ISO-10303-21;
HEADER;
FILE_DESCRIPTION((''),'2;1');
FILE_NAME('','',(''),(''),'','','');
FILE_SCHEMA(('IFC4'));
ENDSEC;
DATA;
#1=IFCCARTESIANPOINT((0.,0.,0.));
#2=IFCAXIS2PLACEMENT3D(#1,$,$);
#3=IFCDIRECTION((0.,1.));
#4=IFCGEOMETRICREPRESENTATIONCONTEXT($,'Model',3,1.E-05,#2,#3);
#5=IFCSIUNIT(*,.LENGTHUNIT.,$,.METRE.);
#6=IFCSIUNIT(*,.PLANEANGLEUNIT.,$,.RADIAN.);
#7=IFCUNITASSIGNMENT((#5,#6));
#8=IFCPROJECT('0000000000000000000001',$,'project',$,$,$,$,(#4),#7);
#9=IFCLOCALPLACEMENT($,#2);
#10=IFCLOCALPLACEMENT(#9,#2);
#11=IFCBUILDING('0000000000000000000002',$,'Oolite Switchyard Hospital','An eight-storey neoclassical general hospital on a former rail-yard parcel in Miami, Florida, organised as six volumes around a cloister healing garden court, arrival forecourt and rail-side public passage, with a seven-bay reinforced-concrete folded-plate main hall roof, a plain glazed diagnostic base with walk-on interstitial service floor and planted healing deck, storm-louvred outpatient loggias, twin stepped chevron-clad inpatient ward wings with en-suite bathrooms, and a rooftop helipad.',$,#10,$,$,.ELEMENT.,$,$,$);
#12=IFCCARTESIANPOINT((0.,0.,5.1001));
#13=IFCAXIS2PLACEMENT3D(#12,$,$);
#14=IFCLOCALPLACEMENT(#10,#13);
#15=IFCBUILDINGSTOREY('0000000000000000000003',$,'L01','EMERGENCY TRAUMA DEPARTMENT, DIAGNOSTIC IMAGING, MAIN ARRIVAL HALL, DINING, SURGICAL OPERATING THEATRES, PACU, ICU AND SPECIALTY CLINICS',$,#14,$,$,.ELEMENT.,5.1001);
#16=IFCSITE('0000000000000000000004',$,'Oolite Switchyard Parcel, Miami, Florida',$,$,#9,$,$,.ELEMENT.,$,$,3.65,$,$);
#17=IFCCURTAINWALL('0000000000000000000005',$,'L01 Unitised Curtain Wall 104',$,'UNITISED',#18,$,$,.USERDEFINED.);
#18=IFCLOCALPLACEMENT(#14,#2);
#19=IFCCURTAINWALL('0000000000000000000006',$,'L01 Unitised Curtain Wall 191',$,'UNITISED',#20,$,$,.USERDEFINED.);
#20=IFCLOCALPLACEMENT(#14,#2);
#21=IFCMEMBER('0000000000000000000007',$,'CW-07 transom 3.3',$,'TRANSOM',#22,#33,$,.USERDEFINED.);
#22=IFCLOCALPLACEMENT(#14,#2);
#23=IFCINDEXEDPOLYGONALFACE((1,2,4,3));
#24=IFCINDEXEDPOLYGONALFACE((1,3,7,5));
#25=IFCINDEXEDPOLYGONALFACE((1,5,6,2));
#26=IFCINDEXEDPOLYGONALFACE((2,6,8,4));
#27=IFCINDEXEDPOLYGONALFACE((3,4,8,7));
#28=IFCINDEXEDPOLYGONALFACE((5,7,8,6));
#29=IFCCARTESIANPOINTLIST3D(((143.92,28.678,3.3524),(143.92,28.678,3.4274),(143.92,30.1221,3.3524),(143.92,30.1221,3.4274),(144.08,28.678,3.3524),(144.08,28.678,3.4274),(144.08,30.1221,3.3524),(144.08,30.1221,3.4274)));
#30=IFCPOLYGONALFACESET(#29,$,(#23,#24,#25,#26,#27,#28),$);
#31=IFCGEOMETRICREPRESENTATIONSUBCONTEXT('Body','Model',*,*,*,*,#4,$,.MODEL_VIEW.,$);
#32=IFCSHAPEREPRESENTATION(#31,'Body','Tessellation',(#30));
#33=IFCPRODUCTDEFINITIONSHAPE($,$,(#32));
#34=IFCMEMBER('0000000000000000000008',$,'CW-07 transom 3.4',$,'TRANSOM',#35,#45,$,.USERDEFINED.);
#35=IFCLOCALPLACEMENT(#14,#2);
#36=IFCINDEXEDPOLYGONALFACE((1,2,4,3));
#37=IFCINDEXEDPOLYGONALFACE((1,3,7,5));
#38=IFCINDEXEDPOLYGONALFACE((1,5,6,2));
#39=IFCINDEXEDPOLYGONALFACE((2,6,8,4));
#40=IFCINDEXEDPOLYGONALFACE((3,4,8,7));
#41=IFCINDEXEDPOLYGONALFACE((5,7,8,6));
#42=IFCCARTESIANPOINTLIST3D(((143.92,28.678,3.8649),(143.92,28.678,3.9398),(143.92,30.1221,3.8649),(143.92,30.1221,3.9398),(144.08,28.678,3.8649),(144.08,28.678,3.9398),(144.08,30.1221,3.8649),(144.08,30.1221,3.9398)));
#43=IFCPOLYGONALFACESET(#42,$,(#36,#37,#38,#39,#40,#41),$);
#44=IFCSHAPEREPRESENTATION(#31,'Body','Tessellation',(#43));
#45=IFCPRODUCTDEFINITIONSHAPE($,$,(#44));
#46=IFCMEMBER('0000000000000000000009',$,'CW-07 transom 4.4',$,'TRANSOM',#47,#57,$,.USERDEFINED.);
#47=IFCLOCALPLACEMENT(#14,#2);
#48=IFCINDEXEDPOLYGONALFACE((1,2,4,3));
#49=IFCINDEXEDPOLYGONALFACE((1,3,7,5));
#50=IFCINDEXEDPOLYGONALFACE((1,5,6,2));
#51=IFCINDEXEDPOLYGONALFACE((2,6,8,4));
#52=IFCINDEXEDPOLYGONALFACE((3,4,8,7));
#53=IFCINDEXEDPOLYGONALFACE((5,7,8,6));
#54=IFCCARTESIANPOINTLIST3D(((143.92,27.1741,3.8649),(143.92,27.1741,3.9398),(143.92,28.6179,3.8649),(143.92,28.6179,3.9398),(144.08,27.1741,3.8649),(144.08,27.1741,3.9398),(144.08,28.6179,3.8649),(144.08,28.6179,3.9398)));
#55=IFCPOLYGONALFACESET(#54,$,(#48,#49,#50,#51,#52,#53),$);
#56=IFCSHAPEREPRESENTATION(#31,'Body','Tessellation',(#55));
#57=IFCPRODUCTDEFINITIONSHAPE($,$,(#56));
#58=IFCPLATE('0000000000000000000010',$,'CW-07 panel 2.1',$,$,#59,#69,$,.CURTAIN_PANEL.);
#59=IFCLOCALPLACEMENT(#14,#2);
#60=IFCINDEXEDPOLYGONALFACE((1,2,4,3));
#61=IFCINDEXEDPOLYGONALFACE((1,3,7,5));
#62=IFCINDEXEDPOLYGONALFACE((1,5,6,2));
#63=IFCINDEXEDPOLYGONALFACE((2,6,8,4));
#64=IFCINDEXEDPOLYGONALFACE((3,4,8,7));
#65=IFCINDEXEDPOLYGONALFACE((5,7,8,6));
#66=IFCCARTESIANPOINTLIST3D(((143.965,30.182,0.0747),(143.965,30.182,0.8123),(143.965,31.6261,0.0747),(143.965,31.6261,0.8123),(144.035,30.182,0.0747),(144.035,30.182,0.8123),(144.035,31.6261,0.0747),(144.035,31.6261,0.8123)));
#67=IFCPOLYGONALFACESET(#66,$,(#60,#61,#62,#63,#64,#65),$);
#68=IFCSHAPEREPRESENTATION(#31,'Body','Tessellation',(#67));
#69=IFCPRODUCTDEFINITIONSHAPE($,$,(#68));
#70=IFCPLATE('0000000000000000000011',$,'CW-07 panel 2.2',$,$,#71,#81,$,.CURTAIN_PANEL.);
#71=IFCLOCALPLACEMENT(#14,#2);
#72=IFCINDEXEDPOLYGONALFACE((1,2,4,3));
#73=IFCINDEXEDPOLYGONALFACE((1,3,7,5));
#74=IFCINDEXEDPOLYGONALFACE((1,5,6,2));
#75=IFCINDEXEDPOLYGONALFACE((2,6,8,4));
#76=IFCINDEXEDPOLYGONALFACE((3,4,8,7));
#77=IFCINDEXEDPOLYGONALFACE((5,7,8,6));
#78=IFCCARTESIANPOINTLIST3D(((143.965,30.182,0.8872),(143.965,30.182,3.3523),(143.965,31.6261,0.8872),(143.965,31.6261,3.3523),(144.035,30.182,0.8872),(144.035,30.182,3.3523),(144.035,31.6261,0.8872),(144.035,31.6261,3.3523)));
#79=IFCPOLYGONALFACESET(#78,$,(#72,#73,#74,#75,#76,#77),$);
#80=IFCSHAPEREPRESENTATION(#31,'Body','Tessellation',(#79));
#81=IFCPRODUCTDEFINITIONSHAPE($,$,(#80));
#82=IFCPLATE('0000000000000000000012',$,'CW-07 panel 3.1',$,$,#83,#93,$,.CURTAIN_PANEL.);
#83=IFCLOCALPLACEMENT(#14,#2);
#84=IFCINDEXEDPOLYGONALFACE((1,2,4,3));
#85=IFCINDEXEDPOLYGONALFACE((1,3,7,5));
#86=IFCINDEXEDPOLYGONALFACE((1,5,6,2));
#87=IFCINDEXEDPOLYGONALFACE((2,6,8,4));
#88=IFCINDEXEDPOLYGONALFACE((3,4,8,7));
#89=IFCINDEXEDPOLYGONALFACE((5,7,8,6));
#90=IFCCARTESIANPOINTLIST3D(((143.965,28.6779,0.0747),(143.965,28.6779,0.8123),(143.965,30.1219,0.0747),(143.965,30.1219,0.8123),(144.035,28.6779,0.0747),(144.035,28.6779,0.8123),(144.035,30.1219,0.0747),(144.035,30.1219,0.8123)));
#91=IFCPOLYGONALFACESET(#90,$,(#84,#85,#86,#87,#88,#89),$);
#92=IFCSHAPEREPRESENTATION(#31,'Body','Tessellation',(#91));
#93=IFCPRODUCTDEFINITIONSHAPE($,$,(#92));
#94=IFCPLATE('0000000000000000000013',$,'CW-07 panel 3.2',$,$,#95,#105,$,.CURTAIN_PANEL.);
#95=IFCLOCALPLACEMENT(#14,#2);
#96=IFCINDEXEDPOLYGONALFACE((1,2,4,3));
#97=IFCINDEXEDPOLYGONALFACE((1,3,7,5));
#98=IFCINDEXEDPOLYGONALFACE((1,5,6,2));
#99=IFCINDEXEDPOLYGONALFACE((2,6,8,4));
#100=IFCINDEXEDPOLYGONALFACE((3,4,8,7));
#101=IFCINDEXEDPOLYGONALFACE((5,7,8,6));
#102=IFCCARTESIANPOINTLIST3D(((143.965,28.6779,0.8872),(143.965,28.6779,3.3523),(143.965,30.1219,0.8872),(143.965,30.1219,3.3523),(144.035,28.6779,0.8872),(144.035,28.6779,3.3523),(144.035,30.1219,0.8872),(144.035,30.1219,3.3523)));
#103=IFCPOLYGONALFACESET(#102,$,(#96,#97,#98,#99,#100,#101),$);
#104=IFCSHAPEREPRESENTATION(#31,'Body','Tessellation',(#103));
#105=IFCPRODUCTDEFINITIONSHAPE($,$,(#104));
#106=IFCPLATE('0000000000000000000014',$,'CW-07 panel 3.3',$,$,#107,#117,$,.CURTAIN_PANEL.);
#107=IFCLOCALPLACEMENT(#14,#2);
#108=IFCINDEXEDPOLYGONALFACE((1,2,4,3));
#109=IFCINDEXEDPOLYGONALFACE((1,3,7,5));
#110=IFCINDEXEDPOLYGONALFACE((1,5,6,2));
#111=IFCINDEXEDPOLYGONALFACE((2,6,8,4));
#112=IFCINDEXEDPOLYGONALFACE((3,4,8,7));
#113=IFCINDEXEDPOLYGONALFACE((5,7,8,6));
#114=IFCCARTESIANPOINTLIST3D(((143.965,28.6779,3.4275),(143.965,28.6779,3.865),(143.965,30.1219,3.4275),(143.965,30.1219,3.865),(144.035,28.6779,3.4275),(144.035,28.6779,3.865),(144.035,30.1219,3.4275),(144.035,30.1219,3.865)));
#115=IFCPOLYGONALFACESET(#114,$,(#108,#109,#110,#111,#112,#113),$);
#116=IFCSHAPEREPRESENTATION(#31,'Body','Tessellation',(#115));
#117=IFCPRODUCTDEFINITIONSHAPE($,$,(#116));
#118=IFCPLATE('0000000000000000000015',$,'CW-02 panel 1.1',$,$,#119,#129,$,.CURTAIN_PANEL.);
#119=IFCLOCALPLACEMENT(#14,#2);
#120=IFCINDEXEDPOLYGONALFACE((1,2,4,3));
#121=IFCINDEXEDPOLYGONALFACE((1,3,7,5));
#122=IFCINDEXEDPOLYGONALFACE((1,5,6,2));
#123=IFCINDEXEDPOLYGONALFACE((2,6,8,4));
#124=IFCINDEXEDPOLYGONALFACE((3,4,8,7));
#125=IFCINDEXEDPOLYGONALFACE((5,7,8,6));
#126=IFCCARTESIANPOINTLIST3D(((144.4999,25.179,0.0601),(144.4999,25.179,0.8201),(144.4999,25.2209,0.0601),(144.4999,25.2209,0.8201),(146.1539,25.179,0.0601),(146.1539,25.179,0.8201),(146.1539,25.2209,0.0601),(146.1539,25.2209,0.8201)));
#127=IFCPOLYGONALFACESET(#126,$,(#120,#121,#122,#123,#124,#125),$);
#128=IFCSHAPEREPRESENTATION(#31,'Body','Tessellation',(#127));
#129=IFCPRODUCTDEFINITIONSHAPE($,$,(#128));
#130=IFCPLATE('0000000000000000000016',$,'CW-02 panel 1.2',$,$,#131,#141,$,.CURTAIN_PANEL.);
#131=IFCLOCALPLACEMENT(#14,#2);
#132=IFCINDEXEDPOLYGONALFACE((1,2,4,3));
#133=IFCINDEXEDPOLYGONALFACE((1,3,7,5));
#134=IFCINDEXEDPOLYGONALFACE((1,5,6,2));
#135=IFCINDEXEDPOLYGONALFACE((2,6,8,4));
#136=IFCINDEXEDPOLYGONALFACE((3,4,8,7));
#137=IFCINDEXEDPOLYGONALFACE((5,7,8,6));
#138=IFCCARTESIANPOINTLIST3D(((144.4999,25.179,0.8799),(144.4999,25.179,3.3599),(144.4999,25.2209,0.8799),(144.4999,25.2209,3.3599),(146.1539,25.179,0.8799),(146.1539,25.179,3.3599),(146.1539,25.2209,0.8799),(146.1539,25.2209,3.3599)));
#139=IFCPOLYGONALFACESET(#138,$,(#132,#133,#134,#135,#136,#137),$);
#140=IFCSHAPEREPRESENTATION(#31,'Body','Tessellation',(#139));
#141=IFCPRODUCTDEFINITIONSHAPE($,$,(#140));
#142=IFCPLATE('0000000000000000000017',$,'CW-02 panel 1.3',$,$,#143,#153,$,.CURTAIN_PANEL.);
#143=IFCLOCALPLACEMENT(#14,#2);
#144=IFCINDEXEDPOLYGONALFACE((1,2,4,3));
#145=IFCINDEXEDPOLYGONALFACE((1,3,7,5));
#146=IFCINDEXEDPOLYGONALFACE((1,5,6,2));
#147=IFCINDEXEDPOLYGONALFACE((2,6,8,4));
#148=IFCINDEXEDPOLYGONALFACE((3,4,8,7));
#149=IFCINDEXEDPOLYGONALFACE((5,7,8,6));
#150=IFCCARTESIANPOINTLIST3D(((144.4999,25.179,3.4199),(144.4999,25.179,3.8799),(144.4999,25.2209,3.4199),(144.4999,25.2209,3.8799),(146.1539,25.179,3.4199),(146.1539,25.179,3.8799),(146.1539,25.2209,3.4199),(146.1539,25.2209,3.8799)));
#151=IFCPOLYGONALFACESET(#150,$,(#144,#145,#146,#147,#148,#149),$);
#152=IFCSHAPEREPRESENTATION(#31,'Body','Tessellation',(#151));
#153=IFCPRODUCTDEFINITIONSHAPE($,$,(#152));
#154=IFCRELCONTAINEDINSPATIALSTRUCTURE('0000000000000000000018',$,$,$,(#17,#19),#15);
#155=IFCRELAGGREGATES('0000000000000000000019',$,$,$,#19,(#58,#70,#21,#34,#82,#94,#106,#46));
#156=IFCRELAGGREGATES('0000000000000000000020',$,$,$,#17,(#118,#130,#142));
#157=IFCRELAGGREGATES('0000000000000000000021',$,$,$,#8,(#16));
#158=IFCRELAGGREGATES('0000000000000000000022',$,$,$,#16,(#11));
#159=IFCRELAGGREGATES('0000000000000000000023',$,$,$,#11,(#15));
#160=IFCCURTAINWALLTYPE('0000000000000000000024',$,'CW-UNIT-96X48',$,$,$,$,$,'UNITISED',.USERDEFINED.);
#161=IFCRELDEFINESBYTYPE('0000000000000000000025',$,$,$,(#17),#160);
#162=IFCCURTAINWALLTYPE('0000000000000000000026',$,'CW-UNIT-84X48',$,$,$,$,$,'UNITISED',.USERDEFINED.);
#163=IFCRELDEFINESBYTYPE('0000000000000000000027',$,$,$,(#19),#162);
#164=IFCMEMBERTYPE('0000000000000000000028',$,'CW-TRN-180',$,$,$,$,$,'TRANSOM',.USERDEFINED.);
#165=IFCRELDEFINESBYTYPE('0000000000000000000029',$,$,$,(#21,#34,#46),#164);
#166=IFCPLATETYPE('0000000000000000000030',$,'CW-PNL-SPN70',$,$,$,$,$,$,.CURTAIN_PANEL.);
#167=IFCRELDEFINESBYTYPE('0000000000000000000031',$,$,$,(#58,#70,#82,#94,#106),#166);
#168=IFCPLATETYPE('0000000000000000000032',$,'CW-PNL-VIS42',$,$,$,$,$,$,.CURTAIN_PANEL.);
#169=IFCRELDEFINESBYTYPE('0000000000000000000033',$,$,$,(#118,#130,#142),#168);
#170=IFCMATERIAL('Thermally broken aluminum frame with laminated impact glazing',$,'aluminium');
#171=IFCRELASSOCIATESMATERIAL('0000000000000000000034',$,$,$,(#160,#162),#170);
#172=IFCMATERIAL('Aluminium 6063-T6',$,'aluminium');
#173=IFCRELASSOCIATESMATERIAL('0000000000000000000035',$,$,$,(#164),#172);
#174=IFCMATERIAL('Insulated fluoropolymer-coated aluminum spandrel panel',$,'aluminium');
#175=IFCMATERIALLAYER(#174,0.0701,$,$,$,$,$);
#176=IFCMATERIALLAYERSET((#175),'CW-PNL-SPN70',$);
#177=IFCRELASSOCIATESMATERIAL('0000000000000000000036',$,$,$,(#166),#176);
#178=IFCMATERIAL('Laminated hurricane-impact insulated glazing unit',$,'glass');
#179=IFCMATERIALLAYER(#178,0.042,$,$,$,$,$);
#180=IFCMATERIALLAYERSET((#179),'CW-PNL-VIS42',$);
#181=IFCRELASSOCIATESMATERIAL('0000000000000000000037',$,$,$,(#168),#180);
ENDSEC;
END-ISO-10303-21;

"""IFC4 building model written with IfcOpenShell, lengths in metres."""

from ifc_helpers import new_model, si_unit, direction, frame, origin, origin_2d, place, context, subcontext, project, spatial, rectangle, extrude, material, layer, layer_set, material_profile, profile_set, type_object, element, aggregate, save


model = new_model("IFC4")

# Units and contexts
model_context = context("Model", 3, precision=1e-05, world=origin(), true_north=direction((0.0, 1.0)))
body_context = subcontext(model_context, "Body", "Model", "MODEL_VIEW")
ifc_project = project(units=[si_unit("LENGTHUNIT", "METRE"), si_unit("PLANEANGLEUNIT", "RADIAN")], contexts=[model_context])

# Site, building, storey
site_placement = place(None, origin())
site = spatial("IfcSite", under=ifc_project, at=site_placement, Name="Oolite Switchyard Parcel, Miami, Florida", CompositionType="ELEMENT", RefElevation=3.65)
building_placement = place(site_placement, origin())
building = spatial("IfcBuilding", under=site, at=building_placement, Name="Oolite Switchyard Hospital", Description="An eight-storey neoclassical general hospital on a former rail-yard parcel in Miami, Florida, organised as six volumes around a cloister healing garden court, arrival forecourt and rail-side public passage, with a seven-bay reinforced-concrete folded-plate main hall roof, a plain glazed diagnostic base with walk-on interstitial service floor and planted healing deck, storm-louvred outpatient loggias, twin stepped chevron-clad inpatient ward wings with en-suite bathrooms, and a rooftop helipad.", CompositionType="ELEMENT")
storey_placement = place(building_placement, frame((0.0, 0.0, 5.1001)))
storey = spatial("IfcBuildingStorey", under=building, at=storey_placement, Name="L01", Description="EMERGENCY TRAUMA DEPARTMENT, DIAGNOSTIC IMAGING, MAIN ARRIVAL HALL, DINING, SURGICAL OPERATING THEATRES, PACU, ICU AND SPECIALTY CLINICS", CompositionType="ELEMENT", Elevation=5.1001)

# Curtain walls
ifc_material_1 = material(Name="Thermally broken aluminum frame with laminated impact glazing", Category="aluminium")
curtain_wall_type_1 = type_object("IfcCurtainWallType", Name="CW-UNIT-96X48", ElementType="UNITISED", PredefinedType="USERDEFINED", material=ifc_material_1)
curtain_wall_1_placement = place(storey_placement, origin())
curtain_wall_1 = element("IfcCurtainWall", 1, at=curtain_wall_1_placement, inside=storey, type_object=curtain_wall_type_1, Name="L01 Unitised Curtain Wall 104", ObjectType="UNITISED", PredefinedType="USERDEFINED")
ifc_material_2 = material(Name="Aluminium 6063-T6", Category="aluminium")
curtain_wall_type_2 = type_object("IfcCurtainWallType", Name="CW-UNIT-84X48", ElementType="UNITISED", PredefinedType="USERDEFINED", material=ifc_material_1)
curtain_wall_2_placement = place(storey_placement, origin())
curtain_wall_2 = element("IfcCurtainWall", 2, at=curtain_wall_2_placement, inside=storey, type_object=curtain_wall_type_2, Name="L01 Unitised Curtain Wall 191", ObjectType="UNITISED", PredefinedType="USERDEFINED")

# Members
ifc_material_profile_1 = material_profile(ifc_material_2, rectangle(XDim=0.1599, YDim=0.075, at=origin_2d()), Name="CWT75X160")
ifc_profile_set_1 = profile_set([ifc_material_profile_1], Name="Aluminium 6063-T6")
member_type_1 = type_object("IfcMemberType", Name="CW-TRN-180", ElementType="TRANSOM", PredefinedType="USERDEFINED", material=ifc_profile_set_1)
member_1_placement = place(storey_placement, frame((144.0, 30.1221, 3.3899), z_axis=(0.0, -1.0, 0.0), x_axis=(1.0, 0.0, 0.0)))
member_1 = element("IfcMember", 3, at=member_1_placement, type_object=member_type_1, Name="CW-07 transom 3.3", ObjectType="TRANSOM", PredefinedType="USERDEFINED", context=body_context, shape_type="SweptSolid", body=[
    extrude(rectangle(XDim=0.1599, YDim=0.075, at=origin_2d()), origin(), (0.0, 0.0, 1.0), 1.4441),
])
member_2_placement = place(storey_placement, frame((144.0, 30.1221, 3.9023), z_axis=(0.0, -1.0, 0.0), x_axis=(1.0, 0.0, 0.0)))
member_2 = element("IfcMember", 4, at=member_2_placement, type_object=member_type_1, Name="CW-07 transom 3.4", ObjectType="TRANSOM", PredefinedType="USERDEFINED", context=body_context, shape_type="SweptSolid", body=[
    extrude(rectangle(XDim=0.1599, YDim=0.075, at=origin_2d()), origin(), (0.0, 0.0, 1.0), 1.4441),
])
member_3_placement = place(storey_placement, frame((144.0, 28.6179, 3.9023), z_axis=(0.0, -1.0, 0.0), x_axis=(1.0, 0.0, 0.0)))
member_3 = element("IfcMember", 5, at=member_3_placement, type_object=member_type_1, Name="CW-07 transom 4.4", ObjectType="TRANSOM", PredefinedType="USERDEFINED", context=body_context, shape_type="SweptSolid", body=[
    extrude(rectangle(XDim=0.1599, YDim=0.075, at=origin_2d()), origin(), (0.0, 0.0, 1.0), 1.4438),
])

# Plates
ifc_material_3 = material(Name="Insulated fluoropolymer-coated aluminum spandrel panel", Category="aluminium")
ifc_layer_1 = layer(ifc_material_3, 0.0701)
ifc_layer_set_1 = layer_set([ifc_layer_1], Name="CW-PNL-SPN70")
plate_type_1 = type_object("IfcPlateType", Name="CW-PNL-SPN70", PredefinedType="CURTAIN_PANEL", material=ifc_layer_set_1)
plate_1_placement = place(storey_placement, frame((144.0, 30.9041, 0.0747), z_axis=(0.0, 0.0, 1.0), x_axis=(0.0, -1.0, 0.0)))
plate_1 = element("IfcPlate", 6, at=plate_1_placement, type_object=plate_type_1, Name="CW-07 panel 2.1", PredefinedType="CURTAIN_PANEL", context=body_context, shape_type="SweptSolid", body=[
    extrude(rectangle(XDim=1.4441, YDim=0.0701, at=origin_2d()), origin(), (0.0, 0.0, 1.0), 0.7375),
])
plate_2_placement = place(storey_placement, frame((144.0, 30.9041, 0.8872), z_axis=(0.0, 0.0, 1.0), x_axis=(0.0, -1.0, 0.0)))
plate_2 = element("IfcPlate", 7, at=plate_2_placement, type_object=plate_type_1, Name="CW-07 panel 2.2", PredefinedType="CURTAIN_PANEL", context=body_context, shape_type="SweptSolid", body=[
    extrude(rectangle(XDim=1.4441, YDim=0.0701, at=origin_2d()), origin(), (0.0, 0.0, 1.0), 2.4651),
])
plate_3_placement = place(storey_placement, frame((144.0, 29.3999, 0.0747), z_axis=(0.0, 0.0, 1.0), x_axis=(0.0, -1.0, 0.0)))
plate_3 = element("IfcPlate", 8, at=plate_3_placement, type_object=plate_type_1, Name="CW-07 panel 3.1", PredefinedType="CURTAIN_PANEL", context=body_context, shape_type="SweptSolid", body=[
    extrude(rectangle(XDim=1.4441, YDim=0.0701, at=origin_2d()), origin(), (0.0, 0.0, 1.0), 0.7375),
])
plate_4_placement = place(storey_placement, frame((144.0, 29.3999, 0.8872), z_axis=(0.0, 0.0, 1.0), x_axis=(0.0, -1.0, 0.0)))
plate_4 = element("IfcPlate", 9, at=plate_4_placement, type_object=plate_type_1, Name="CW-07 panel 3.2", PredefinedType="CURTAIN_PANEL", context=body_context, shape_type="SweptSolid", body=[
    extrude(rectangle(XDim=1.4441, YDim=0.0701, at=origin_2d()), origin(), (0.0, 0.0, 1.0), 2.4651),
])
plate_5_placement = place(storey_placement, frame((144.0, 29.3999, 3.4275), z_axis=(0.0, 0.0, 1.0), x_axis=(0.0, -1.0, 0.0)))
plate_5 = element("IfcPlate", 10, at=plate_5_placement, type_object=plate_type_1, Name="CW-07 panel 3.3", PredefinedType="CURTAIN_PANEL", context=body_context, shape_type="SweptSolid", body=[
    extrude(rectangle(XDim=1.4441, YDim=0.0701, at=origin_2d()), origin(), (0.0, 0.0, 1.0), 0.4375),
])
aggregate(curtain_wall_2, [plate_1, plate_2, member_1, member_2, plate_3, plate_4, plate_5, member_3])
ifc_material_4 = material(Name="Laminated hurricane-impact insulated glazing unit", Category="glass")
ifc_layer_2 = layer(ifc_material_4, 0.042)
ifc_layer_set_2 = layer_set([ifc_layer_2], Name="CW-PNL-VIS42")
plate_type_2 = type_object("IfcPlateType", Name="CW-PNL-VIS42", PredefinedType="CURTAIN_PANEL", material=ifc_layer_set_2)
plate_6_placement = place(storey_placement, frame((145.3269, 25.2, 0.0601), z_axis=(0.0, 0.0, 1.0), x_axis=(1.0, 0.0, 0.0)))
plate_6 = element("IfcPlate", 11, at=plate_6_placement, type_object=plate_type_2, Name="CW-02 panel 1.1", PredefinedType="CURTAIN_PANEL", context=body_context, shape_type="SweptSolid", body=[
    extrude(rectangle(XDim=1.6541, YDim=0.042, at=origin_2d()), origin(), (0.0, 0.0, 1.0), 0.76),
])
plate_7_placement = place(storey_placement, frame((145.3269, 25.2, 0.8799), z_axis=(0.0, 0.0, 1.0), x_axis=(1.0, 0.0, 0.0)))
plate_7 = element("IfcPlate", 12, at=plate_7_placement, type_object=plate_type_2, Name="CW-02 panel 1.2", PredefinedType="CURTAIN_PANEL", context=body_context, shape_type="SweptSolid", body=[
    extrude(rectangle(XDim=1.6541, YDim=0.042, at=origin_2d()), origin(), (0.0, 0.0, 1.0), 2.48),
])
plate_8_placement = place(storey_placement, frame((145.3269, 25.2, 3.4199), z_axis=(0.0, 0.0, 1.0), x_axis=(1.0, 0.0, 0.0)))
plate_8 = element("IfcPlate", 13, at=plate_8_placement, type_object=plate_type_2, Name="CW-02 panel 1.3", PredefinedType="CURTAIN_PANEL", context=body_context, shape_type="SweptSolid", body=[
    extrude(rectangle(XDim=1.6541, YDim=0.042, at=origin_2d()), origin(), (0.0, 0.0, 1.0), 0.46),
])
aggregate(curtain_wall_1, [plate_6, plate_7, plate_8])

save(model, "model.ifc")
